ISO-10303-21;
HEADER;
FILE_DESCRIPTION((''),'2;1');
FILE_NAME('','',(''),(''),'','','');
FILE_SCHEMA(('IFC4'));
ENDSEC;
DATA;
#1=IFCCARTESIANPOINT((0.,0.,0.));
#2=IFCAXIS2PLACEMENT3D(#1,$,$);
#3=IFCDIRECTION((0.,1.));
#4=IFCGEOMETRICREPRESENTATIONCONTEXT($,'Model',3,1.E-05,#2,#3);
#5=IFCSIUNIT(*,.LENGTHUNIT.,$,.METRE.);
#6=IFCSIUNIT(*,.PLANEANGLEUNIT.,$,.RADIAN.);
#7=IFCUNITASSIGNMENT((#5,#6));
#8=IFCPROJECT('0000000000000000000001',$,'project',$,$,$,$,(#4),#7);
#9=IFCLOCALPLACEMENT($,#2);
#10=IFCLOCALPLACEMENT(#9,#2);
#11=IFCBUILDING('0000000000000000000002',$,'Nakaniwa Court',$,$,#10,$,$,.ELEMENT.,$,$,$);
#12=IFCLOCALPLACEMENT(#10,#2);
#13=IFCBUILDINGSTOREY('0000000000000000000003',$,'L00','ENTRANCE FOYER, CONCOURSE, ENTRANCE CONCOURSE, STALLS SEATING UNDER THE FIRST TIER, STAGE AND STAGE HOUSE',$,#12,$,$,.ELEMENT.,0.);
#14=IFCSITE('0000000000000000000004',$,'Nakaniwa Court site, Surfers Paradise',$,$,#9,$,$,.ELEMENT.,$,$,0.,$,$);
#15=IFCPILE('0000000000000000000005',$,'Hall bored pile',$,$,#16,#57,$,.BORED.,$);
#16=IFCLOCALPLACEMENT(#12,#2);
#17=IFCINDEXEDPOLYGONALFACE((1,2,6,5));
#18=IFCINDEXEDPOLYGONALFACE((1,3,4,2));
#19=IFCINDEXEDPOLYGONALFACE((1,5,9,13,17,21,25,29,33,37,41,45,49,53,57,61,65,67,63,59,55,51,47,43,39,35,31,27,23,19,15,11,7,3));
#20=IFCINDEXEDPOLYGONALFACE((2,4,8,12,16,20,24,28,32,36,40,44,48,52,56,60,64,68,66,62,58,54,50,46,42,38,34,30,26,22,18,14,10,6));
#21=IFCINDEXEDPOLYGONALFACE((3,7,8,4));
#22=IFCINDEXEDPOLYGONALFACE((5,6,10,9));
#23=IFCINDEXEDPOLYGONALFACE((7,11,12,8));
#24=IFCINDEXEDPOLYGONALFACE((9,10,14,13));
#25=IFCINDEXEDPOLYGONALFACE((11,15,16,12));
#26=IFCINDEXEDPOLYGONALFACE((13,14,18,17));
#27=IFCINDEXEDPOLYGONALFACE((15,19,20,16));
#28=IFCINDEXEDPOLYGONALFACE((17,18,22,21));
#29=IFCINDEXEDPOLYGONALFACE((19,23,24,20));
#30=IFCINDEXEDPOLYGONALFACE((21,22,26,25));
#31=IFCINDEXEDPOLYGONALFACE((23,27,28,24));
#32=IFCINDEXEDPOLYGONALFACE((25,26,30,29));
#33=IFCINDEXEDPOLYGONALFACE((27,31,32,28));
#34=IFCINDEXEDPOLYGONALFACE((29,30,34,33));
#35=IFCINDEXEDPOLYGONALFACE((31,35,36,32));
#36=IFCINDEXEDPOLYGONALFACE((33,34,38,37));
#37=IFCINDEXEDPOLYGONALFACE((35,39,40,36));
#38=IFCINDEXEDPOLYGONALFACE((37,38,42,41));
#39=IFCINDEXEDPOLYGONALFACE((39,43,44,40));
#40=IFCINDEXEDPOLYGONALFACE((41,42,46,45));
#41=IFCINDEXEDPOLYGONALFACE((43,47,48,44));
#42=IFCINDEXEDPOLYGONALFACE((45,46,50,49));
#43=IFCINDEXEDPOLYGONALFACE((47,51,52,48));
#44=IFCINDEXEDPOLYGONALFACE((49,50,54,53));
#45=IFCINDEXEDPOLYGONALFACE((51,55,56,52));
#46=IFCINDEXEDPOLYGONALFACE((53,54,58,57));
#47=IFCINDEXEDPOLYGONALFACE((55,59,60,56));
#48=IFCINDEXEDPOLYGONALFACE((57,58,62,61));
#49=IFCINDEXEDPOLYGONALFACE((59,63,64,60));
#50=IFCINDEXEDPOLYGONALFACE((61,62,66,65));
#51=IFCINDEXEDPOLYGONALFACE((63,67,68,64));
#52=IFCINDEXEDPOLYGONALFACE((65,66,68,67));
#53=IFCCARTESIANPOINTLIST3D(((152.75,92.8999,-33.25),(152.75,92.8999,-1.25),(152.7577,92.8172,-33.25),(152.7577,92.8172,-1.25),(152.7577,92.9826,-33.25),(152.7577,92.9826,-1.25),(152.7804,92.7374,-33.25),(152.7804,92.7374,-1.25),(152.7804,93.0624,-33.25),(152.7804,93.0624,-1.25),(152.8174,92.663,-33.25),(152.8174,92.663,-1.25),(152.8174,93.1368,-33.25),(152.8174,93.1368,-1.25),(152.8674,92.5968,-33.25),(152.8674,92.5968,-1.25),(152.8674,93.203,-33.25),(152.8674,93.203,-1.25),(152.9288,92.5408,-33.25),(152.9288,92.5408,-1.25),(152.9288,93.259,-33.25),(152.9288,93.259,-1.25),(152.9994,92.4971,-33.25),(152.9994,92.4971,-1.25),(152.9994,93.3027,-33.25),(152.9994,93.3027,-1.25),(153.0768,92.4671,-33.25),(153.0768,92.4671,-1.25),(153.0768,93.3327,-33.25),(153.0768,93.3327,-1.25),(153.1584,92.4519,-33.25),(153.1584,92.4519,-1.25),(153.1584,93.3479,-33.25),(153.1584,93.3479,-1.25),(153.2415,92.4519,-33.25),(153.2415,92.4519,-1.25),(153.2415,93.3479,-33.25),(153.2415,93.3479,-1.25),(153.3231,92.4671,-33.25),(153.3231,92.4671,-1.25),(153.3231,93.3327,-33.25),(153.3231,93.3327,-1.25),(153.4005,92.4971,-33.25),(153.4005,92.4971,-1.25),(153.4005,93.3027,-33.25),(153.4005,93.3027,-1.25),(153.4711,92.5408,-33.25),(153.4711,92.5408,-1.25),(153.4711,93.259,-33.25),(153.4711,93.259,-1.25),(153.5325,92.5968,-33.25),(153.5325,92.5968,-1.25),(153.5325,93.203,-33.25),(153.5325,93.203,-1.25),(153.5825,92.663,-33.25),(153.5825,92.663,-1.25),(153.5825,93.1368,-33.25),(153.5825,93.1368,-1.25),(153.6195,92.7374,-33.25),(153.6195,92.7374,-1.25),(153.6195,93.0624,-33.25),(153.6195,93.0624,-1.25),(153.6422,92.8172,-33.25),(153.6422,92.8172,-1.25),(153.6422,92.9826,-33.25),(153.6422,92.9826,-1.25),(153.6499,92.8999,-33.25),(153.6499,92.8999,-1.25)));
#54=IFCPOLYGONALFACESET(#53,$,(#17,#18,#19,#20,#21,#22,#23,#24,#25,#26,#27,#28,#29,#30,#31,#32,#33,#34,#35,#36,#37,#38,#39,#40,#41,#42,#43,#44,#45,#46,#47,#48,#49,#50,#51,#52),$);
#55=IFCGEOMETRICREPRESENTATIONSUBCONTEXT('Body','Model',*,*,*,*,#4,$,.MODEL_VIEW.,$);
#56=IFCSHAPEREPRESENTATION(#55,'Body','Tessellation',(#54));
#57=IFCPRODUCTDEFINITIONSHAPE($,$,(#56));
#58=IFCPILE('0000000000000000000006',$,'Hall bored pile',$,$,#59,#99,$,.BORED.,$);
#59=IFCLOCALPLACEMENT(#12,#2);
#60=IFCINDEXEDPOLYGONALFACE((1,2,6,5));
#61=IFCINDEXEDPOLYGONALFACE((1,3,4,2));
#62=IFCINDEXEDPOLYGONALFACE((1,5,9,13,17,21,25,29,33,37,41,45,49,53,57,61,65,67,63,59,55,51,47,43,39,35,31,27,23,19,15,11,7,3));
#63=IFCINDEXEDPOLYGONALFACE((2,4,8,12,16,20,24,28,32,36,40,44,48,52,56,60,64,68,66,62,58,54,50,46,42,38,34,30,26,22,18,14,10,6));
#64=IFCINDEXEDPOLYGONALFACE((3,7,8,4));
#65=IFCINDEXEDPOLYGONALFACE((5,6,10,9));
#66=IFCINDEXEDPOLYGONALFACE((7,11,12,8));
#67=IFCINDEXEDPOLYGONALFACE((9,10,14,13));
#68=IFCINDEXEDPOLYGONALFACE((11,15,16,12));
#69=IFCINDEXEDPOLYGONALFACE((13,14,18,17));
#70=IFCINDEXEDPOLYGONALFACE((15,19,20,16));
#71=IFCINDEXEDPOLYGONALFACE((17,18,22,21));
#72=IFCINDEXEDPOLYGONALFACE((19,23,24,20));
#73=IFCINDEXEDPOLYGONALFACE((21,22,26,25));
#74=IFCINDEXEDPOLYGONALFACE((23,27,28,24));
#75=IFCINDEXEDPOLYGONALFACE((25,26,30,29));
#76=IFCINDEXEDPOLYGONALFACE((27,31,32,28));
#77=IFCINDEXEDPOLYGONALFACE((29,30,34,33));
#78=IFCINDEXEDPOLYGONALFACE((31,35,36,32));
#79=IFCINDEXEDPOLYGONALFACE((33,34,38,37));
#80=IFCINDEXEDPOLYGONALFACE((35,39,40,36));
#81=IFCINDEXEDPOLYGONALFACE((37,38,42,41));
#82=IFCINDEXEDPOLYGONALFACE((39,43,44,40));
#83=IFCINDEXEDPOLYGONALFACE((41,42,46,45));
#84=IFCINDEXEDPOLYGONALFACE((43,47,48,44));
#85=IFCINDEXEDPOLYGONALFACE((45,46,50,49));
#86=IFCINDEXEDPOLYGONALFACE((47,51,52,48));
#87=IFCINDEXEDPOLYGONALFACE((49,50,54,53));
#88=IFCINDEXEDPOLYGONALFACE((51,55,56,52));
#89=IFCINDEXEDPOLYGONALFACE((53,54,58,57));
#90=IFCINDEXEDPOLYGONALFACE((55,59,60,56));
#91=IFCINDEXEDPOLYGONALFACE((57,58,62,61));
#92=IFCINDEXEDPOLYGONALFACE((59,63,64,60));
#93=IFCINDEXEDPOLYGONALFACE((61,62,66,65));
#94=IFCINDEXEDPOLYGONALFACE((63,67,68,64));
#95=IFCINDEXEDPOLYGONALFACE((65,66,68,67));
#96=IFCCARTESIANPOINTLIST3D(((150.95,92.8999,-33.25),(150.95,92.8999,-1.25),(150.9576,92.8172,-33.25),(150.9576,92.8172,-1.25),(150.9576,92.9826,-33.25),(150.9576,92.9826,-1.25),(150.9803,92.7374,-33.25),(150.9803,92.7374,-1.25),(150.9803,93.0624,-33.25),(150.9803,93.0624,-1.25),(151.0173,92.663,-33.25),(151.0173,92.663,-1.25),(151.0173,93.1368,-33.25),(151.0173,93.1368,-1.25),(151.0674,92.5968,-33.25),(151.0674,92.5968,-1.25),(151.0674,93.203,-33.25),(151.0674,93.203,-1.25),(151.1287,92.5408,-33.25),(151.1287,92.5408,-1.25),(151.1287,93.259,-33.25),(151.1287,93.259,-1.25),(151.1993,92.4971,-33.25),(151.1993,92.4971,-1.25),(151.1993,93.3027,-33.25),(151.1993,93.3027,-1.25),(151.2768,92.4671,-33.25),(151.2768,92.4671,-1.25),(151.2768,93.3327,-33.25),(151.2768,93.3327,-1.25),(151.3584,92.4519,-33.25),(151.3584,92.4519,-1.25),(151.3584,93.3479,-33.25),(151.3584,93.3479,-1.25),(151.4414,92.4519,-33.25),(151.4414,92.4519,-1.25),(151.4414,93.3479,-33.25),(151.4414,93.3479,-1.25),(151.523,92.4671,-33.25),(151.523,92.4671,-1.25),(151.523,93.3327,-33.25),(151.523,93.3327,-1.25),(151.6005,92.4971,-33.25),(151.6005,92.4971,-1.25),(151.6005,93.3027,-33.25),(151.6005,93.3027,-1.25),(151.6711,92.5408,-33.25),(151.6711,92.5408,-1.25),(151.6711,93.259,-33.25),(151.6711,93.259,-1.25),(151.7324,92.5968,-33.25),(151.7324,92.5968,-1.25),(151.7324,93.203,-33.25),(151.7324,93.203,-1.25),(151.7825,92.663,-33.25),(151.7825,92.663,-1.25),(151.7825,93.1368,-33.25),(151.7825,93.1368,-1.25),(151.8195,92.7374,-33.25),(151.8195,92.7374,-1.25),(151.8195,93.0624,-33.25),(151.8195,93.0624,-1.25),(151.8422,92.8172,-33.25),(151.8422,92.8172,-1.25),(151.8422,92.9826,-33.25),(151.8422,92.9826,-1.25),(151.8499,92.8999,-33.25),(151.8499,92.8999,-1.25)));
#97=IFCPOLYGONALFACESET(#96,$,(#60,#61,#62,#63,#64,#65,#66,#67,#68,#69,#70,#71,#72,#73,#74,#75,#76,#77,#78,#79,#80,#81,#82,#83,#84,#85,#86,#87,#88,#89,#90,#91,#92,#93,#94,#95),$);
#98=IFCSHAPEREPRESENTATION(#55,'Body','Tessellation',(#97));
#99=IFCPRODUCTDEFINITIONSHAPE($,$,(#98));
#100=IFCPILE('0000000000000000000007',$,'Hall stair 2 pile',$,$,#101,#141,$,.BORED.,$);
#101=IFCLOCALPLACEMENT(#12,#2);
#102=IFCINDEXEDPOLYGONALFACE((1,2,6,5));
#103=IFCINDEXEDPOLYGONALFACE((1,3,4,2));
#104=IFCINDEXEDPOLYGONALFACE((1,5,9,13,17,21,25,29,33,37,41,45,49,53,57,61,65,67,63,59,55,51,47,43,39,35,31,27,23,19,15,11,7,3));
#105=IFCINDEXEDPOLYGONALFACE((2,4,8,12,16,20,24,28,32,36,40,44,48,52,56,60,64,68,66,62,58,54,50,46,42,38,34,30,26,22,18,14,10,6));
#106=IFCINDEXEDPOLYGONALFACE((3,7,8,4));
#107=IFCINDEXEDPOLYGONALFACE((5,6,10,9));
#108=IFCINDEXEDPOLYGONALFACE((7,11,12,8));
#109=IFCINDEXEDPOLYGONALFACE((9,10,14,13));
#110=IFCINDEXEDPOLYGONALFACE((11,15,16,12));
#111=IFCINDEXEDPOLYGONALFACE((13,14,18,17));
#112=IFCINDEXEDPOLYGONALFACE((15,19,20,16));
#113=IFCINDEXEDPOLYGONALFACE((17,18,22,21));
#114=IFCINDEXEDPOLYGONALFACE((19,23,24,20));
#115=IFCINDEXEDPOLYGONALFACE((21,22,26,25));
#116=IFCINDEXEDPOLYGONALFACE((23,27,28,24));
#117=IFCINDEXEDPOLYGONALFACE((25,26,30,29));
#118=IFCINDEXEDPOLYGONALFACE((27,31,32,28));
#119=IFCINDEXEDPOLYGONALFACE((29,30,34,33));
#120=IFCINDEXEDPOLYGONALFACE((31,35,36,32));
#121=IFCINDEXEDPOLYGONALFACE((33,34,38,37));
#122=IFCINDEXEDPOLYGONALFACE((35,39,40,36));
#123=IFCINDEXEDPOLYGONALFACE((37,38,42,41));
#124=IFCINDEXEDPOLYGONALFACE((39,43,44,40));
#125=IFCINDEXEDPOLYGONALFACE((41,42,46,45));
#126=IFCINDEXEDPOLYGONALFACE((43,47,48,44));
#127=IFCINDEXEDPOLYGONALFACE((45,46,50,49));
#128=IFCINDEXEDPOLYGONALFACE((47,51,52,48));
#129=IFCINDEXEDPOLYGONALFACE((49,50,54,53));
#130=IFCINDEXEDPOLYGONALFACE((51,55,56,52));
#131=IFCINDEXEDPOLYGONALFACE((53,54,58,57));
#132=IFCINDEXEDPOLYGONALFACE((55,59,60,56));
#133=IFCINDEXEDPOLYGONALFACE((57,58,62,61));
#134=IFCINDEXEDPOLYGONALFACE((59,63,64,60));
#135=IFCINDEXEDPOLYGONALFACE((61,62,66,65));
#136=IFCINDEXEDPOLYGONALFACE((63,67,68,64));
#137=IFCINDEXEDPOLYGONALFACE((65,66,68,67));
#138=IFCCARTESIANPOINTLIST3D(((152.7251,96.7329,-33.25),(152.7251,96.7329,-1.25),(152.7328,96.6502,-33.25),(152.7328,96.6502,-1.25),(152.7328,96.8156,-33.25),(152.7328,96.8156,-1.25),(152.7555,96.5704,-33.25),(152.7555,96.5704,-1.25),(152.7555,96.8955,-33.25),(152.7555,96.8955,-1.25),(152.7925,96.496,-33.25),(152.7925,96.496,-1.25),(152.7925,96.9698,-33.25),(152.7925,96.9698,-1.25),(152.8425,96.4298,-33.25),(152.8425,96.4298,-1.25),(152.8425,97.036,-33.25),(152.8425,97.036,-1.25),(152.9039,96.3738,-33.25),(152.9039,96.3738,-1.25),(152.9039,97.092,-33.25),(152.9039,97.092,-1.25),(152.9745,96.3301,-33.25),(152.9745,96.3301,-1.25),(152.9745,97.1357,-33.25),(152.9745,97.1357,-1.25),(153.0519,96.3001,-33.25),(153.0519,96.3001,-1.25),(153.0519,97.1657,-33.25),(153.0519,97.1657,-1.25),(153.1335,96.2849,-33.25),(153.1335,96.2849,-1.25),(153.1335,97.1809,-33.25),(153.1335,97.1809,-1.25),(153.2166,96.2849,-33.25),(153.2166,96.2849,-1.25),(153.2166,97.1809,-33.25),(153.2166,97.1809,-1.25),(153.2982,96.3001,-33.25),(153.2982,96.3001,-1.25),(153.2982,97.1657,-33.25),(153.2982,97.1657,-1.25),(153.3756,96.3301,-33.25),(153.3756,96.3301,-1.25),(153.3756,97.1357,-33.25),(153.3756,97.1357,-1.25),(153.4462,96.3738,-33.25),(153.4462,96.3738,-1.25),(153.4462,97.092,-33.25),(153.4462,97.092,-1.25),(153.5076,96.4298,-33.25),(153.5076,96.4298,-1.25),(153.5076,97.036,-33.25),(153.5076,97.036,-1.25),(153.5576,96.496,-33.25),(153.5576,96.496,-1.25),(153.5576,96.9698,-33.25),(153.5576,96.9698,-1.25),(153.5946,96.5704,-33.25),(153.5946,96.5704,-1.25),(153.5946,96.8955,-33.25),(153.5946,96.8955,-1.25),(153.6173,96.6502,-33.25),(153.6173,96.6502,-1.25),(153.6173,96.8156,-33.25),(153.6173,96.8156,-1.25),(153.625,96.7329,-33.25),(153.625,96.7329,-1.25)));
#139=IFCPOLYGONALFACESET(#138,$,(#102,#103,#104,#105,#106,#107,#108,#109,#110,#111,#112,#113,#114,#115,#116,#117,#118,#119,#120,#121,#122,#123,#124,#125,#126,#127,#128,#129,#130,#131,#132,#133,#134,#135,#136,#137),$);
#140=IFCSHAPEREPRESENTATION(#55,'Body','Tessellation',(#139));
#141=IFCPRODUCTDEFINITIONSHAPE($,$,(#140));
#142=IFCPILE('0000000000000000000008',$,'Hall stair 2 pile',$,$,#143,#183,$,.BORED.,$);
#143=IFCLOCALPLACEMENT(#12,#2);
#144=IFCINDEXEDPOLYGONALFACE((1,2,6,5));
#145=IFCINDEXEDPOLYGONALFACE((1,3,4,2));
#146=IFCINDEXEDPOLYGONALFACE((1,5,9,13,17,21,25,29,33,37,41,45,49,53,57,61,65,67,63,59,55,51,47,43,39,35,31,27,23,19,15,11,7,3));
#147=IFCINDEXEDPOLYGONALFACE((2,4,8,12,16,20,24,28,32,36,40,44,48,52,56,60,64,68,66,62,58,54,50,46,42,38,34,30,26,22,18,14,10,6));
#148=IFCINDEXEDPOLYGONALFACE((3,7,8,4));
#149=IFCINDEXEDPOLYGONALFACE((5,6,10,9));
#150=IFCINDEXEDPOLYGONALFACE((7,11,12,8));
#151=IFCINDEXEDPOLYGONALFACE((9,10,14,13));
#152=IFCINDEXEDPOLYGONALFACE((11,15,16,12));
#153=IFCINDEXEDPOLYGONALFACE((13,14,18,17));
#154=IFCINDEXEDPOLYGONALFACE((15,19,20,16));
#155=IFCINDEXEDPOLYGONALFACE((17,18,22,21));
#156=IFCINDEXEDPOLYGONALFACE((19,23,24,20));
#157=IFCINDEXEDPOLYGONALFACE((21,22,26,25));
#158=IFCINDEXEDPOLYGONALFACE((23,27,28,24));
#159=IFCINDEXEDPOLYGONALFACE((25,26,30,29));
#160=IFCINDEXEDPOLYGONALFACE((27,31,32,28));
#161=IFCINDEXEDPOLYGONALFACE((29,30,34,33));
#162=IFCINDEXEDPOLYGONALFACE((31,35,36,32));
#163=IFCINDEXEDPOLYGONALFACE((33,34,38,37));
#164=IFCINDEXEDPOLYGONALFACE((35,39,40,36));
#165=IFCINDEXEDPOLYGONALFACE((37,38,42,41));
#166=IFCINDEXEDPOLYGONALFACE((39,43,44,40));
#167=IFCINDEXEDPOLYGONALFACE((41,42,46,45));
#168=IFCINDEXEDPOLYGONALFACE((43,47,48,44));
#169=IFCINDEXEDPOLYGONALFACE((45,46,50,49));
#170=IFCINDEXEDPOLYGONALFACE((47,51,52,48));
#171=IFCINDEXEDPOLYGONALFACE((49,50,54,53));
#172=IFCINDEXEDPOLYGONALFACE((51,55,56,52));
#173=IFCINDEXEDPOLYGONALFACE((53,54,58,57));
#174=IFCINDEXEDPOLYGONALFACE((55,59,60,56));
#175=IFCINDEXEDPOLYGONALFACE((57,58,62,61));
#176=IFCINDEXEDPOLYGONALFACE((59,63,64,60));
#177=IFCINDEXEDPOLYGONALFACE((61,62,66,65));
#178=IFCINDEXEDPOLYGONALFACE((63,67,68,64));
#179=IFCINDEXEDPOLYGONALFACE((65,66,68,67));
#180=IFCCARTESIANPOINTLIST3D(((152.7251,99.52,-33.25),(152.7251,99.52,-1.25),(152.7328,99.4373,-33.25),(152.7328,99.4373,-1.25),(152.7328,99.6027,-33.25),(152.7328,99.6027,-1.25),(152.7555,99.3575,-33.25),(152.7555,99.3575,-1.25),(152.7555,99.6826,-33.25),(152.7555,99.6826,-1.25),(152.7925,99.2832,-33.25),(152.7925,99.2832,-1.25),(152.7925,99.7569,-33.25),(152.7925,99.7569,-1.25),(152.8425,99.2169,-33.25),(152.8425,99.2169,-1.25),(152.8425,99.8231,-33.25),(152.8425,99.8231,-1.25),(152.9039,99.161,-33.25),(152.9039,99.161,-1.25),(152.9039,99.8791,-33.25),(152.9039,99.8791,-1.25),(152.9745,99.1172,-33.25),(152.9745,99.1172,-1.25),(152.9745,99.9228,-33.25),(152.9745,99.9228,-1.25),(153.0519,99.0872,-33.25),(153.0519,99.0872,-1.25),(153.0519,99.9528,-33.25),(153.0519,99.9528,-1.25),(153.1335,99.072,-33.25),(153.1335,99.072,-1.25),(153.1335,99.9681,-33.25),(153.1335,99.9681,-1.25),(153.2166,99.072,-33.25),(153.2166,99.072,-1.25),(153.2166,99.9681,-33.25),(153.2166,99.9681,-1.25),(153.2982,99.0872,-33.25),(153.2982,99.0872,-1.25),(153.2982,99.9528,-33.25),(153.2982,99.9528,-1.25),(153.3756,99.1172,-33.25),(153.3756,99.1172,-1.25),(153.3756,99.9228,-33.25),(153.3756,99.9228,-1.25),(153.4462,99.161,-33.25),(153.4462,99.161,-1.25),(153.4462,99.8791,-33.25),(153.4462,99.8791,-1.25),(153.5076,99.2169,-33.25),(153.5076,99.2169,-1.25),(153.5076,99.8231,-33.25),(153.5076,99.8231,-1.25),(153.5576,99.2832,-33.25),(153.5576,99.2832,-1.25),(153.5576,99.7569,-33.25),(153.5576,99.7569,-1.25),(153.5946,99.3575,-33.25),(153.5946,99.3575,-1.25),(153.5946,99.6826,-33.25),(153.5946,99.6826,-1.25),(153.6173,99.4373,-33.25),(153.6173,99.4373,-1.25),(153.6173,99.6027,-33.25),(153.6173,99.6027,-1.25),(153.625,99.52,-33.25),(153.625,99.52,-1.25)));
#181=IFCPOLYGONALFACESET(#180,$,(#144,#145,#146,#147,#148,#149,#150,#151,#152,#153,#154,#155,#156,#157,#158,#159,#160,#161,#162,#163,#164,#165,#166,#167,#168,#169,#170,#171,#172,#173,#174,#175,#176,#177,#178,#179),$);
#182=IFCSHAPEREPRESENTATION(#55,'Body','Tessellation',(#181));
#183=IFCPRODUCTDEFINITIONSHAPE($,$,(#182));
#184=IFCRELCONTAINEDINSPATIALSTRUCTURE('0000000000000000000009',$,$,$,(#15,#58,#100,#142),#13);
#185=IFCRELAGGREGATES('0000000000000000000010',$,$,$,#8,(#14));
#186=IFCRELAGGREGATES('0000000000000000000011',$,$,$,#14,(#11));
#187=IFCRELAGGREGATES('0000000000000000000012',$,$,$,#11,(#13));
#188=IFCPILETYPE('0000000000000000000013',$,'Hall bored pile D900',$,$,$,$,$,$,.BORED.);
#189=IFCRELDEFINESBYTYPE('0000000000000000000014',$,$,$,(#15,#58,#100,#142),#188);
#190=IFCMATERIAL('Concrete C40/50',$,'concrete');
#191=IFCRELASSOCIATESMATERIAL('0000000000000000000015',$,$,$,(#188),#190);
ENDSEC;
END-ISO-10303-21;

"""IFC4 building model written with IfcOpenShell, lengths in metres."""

from ifc_helpers import new_model, si_unit, direction, frame, origin, origin_2d, place, context, subcontext, project, spatial, circle, extrude, material, material_profile, profile_set, type_object, element, save


model = new_model("IFC4")

# Units and contexts
model_context = context("Model", 3, precision=1e-05, world=origin(), true_north=direction((0.0, 1.0)))
body_context = subcontext(model_context, "Body", "Model", "MODEL_VIEW")
ifc_project = project(units=[si_unit("LENGTHUNIT", "METRE"), si_unit("PLANEANGLEUNIT", "RADIAN")], contexts=[model_context])

# Site, building, storey
site_placement = place(None, origin())
site = spatial("IfcSite", under=ifc_project, at=site_placement, Name="Nakaniwa Court site, Surfers Paradise", CompositionType="ELEMENT", RefElevation=0.0)
building_placement = place(site_placement, origin())
building = spatial("IfcBuilding", under=site, at=building_placement, Name="Nakaniwa Court", CompositionType="ELEMENT")
storey_placement = place(building_placement, origin())
storey = spatial("IfcBuildingStorey", under=building, at=storey_placement, Name="L00", Description="ENTRANCE FOYER, CONCOURSE, ENTRANCE CONCOURSE, STALLS SEATING UNDER THE FIRST TIER, STAGE AND STAGE HOUSE", CompositionType="ELEMENT", Elevation=0.0)

# Piles
ifc_material_1 = material(Name="Concrete C40/50", Category="concrete")
ifc_material_profile_1 = material_profile(ifc_material_1, circle(Radius=0.45, at=origin_2d()), Name="Bored pile D900")
ifc_profile_set_1 = profile_set([ifc_material_profile_1], Name="Concrete C40/50")
pile_type = type_object("IfcPileType", Name="Hall bored pile D900", PredefinedType="BORED", material=ifc_profile_set_1)
for number, where, z_axis, x_axis, name in (
    (1, (153.2, 92.8999, -1.25), (0.0, 0.0, -1.0), (1.0, 0.0, 0.0), "Hall bored pile"),
    (2, (151.3999, 92.8999, -1.25), (0.0, 0.0, -1.0), (1.0, 0.0, 0.0), "Hall bored pile"),
    (3, (153.175, 96.7329, -1.25), (0.0, 0.0, -1.0), (1.0, 0.0, 0.0), "Hall stair 2 pile"),
    (4, (153.175, 99.52, -1.25), (0.0, 0.0, -1.0), (1.0, 0.0, 0.0), "Hall stair 2 pile"),
):
    element("IfcPile", number, at=place(storey_placement, frame(where, z_axis=z_axis, x_axis=x_axis)), inside=storey, type_object=pile_type, Name=name, PredefinedType="BORED", context=body_context, shape_type="SweptSolid", body=[
        extrude(circle(Radius=0.45, at=origin_2d()), origin(), (0.0, 0.0, 1.0), 32.0),
    ])

save(model, "model.ifc")
